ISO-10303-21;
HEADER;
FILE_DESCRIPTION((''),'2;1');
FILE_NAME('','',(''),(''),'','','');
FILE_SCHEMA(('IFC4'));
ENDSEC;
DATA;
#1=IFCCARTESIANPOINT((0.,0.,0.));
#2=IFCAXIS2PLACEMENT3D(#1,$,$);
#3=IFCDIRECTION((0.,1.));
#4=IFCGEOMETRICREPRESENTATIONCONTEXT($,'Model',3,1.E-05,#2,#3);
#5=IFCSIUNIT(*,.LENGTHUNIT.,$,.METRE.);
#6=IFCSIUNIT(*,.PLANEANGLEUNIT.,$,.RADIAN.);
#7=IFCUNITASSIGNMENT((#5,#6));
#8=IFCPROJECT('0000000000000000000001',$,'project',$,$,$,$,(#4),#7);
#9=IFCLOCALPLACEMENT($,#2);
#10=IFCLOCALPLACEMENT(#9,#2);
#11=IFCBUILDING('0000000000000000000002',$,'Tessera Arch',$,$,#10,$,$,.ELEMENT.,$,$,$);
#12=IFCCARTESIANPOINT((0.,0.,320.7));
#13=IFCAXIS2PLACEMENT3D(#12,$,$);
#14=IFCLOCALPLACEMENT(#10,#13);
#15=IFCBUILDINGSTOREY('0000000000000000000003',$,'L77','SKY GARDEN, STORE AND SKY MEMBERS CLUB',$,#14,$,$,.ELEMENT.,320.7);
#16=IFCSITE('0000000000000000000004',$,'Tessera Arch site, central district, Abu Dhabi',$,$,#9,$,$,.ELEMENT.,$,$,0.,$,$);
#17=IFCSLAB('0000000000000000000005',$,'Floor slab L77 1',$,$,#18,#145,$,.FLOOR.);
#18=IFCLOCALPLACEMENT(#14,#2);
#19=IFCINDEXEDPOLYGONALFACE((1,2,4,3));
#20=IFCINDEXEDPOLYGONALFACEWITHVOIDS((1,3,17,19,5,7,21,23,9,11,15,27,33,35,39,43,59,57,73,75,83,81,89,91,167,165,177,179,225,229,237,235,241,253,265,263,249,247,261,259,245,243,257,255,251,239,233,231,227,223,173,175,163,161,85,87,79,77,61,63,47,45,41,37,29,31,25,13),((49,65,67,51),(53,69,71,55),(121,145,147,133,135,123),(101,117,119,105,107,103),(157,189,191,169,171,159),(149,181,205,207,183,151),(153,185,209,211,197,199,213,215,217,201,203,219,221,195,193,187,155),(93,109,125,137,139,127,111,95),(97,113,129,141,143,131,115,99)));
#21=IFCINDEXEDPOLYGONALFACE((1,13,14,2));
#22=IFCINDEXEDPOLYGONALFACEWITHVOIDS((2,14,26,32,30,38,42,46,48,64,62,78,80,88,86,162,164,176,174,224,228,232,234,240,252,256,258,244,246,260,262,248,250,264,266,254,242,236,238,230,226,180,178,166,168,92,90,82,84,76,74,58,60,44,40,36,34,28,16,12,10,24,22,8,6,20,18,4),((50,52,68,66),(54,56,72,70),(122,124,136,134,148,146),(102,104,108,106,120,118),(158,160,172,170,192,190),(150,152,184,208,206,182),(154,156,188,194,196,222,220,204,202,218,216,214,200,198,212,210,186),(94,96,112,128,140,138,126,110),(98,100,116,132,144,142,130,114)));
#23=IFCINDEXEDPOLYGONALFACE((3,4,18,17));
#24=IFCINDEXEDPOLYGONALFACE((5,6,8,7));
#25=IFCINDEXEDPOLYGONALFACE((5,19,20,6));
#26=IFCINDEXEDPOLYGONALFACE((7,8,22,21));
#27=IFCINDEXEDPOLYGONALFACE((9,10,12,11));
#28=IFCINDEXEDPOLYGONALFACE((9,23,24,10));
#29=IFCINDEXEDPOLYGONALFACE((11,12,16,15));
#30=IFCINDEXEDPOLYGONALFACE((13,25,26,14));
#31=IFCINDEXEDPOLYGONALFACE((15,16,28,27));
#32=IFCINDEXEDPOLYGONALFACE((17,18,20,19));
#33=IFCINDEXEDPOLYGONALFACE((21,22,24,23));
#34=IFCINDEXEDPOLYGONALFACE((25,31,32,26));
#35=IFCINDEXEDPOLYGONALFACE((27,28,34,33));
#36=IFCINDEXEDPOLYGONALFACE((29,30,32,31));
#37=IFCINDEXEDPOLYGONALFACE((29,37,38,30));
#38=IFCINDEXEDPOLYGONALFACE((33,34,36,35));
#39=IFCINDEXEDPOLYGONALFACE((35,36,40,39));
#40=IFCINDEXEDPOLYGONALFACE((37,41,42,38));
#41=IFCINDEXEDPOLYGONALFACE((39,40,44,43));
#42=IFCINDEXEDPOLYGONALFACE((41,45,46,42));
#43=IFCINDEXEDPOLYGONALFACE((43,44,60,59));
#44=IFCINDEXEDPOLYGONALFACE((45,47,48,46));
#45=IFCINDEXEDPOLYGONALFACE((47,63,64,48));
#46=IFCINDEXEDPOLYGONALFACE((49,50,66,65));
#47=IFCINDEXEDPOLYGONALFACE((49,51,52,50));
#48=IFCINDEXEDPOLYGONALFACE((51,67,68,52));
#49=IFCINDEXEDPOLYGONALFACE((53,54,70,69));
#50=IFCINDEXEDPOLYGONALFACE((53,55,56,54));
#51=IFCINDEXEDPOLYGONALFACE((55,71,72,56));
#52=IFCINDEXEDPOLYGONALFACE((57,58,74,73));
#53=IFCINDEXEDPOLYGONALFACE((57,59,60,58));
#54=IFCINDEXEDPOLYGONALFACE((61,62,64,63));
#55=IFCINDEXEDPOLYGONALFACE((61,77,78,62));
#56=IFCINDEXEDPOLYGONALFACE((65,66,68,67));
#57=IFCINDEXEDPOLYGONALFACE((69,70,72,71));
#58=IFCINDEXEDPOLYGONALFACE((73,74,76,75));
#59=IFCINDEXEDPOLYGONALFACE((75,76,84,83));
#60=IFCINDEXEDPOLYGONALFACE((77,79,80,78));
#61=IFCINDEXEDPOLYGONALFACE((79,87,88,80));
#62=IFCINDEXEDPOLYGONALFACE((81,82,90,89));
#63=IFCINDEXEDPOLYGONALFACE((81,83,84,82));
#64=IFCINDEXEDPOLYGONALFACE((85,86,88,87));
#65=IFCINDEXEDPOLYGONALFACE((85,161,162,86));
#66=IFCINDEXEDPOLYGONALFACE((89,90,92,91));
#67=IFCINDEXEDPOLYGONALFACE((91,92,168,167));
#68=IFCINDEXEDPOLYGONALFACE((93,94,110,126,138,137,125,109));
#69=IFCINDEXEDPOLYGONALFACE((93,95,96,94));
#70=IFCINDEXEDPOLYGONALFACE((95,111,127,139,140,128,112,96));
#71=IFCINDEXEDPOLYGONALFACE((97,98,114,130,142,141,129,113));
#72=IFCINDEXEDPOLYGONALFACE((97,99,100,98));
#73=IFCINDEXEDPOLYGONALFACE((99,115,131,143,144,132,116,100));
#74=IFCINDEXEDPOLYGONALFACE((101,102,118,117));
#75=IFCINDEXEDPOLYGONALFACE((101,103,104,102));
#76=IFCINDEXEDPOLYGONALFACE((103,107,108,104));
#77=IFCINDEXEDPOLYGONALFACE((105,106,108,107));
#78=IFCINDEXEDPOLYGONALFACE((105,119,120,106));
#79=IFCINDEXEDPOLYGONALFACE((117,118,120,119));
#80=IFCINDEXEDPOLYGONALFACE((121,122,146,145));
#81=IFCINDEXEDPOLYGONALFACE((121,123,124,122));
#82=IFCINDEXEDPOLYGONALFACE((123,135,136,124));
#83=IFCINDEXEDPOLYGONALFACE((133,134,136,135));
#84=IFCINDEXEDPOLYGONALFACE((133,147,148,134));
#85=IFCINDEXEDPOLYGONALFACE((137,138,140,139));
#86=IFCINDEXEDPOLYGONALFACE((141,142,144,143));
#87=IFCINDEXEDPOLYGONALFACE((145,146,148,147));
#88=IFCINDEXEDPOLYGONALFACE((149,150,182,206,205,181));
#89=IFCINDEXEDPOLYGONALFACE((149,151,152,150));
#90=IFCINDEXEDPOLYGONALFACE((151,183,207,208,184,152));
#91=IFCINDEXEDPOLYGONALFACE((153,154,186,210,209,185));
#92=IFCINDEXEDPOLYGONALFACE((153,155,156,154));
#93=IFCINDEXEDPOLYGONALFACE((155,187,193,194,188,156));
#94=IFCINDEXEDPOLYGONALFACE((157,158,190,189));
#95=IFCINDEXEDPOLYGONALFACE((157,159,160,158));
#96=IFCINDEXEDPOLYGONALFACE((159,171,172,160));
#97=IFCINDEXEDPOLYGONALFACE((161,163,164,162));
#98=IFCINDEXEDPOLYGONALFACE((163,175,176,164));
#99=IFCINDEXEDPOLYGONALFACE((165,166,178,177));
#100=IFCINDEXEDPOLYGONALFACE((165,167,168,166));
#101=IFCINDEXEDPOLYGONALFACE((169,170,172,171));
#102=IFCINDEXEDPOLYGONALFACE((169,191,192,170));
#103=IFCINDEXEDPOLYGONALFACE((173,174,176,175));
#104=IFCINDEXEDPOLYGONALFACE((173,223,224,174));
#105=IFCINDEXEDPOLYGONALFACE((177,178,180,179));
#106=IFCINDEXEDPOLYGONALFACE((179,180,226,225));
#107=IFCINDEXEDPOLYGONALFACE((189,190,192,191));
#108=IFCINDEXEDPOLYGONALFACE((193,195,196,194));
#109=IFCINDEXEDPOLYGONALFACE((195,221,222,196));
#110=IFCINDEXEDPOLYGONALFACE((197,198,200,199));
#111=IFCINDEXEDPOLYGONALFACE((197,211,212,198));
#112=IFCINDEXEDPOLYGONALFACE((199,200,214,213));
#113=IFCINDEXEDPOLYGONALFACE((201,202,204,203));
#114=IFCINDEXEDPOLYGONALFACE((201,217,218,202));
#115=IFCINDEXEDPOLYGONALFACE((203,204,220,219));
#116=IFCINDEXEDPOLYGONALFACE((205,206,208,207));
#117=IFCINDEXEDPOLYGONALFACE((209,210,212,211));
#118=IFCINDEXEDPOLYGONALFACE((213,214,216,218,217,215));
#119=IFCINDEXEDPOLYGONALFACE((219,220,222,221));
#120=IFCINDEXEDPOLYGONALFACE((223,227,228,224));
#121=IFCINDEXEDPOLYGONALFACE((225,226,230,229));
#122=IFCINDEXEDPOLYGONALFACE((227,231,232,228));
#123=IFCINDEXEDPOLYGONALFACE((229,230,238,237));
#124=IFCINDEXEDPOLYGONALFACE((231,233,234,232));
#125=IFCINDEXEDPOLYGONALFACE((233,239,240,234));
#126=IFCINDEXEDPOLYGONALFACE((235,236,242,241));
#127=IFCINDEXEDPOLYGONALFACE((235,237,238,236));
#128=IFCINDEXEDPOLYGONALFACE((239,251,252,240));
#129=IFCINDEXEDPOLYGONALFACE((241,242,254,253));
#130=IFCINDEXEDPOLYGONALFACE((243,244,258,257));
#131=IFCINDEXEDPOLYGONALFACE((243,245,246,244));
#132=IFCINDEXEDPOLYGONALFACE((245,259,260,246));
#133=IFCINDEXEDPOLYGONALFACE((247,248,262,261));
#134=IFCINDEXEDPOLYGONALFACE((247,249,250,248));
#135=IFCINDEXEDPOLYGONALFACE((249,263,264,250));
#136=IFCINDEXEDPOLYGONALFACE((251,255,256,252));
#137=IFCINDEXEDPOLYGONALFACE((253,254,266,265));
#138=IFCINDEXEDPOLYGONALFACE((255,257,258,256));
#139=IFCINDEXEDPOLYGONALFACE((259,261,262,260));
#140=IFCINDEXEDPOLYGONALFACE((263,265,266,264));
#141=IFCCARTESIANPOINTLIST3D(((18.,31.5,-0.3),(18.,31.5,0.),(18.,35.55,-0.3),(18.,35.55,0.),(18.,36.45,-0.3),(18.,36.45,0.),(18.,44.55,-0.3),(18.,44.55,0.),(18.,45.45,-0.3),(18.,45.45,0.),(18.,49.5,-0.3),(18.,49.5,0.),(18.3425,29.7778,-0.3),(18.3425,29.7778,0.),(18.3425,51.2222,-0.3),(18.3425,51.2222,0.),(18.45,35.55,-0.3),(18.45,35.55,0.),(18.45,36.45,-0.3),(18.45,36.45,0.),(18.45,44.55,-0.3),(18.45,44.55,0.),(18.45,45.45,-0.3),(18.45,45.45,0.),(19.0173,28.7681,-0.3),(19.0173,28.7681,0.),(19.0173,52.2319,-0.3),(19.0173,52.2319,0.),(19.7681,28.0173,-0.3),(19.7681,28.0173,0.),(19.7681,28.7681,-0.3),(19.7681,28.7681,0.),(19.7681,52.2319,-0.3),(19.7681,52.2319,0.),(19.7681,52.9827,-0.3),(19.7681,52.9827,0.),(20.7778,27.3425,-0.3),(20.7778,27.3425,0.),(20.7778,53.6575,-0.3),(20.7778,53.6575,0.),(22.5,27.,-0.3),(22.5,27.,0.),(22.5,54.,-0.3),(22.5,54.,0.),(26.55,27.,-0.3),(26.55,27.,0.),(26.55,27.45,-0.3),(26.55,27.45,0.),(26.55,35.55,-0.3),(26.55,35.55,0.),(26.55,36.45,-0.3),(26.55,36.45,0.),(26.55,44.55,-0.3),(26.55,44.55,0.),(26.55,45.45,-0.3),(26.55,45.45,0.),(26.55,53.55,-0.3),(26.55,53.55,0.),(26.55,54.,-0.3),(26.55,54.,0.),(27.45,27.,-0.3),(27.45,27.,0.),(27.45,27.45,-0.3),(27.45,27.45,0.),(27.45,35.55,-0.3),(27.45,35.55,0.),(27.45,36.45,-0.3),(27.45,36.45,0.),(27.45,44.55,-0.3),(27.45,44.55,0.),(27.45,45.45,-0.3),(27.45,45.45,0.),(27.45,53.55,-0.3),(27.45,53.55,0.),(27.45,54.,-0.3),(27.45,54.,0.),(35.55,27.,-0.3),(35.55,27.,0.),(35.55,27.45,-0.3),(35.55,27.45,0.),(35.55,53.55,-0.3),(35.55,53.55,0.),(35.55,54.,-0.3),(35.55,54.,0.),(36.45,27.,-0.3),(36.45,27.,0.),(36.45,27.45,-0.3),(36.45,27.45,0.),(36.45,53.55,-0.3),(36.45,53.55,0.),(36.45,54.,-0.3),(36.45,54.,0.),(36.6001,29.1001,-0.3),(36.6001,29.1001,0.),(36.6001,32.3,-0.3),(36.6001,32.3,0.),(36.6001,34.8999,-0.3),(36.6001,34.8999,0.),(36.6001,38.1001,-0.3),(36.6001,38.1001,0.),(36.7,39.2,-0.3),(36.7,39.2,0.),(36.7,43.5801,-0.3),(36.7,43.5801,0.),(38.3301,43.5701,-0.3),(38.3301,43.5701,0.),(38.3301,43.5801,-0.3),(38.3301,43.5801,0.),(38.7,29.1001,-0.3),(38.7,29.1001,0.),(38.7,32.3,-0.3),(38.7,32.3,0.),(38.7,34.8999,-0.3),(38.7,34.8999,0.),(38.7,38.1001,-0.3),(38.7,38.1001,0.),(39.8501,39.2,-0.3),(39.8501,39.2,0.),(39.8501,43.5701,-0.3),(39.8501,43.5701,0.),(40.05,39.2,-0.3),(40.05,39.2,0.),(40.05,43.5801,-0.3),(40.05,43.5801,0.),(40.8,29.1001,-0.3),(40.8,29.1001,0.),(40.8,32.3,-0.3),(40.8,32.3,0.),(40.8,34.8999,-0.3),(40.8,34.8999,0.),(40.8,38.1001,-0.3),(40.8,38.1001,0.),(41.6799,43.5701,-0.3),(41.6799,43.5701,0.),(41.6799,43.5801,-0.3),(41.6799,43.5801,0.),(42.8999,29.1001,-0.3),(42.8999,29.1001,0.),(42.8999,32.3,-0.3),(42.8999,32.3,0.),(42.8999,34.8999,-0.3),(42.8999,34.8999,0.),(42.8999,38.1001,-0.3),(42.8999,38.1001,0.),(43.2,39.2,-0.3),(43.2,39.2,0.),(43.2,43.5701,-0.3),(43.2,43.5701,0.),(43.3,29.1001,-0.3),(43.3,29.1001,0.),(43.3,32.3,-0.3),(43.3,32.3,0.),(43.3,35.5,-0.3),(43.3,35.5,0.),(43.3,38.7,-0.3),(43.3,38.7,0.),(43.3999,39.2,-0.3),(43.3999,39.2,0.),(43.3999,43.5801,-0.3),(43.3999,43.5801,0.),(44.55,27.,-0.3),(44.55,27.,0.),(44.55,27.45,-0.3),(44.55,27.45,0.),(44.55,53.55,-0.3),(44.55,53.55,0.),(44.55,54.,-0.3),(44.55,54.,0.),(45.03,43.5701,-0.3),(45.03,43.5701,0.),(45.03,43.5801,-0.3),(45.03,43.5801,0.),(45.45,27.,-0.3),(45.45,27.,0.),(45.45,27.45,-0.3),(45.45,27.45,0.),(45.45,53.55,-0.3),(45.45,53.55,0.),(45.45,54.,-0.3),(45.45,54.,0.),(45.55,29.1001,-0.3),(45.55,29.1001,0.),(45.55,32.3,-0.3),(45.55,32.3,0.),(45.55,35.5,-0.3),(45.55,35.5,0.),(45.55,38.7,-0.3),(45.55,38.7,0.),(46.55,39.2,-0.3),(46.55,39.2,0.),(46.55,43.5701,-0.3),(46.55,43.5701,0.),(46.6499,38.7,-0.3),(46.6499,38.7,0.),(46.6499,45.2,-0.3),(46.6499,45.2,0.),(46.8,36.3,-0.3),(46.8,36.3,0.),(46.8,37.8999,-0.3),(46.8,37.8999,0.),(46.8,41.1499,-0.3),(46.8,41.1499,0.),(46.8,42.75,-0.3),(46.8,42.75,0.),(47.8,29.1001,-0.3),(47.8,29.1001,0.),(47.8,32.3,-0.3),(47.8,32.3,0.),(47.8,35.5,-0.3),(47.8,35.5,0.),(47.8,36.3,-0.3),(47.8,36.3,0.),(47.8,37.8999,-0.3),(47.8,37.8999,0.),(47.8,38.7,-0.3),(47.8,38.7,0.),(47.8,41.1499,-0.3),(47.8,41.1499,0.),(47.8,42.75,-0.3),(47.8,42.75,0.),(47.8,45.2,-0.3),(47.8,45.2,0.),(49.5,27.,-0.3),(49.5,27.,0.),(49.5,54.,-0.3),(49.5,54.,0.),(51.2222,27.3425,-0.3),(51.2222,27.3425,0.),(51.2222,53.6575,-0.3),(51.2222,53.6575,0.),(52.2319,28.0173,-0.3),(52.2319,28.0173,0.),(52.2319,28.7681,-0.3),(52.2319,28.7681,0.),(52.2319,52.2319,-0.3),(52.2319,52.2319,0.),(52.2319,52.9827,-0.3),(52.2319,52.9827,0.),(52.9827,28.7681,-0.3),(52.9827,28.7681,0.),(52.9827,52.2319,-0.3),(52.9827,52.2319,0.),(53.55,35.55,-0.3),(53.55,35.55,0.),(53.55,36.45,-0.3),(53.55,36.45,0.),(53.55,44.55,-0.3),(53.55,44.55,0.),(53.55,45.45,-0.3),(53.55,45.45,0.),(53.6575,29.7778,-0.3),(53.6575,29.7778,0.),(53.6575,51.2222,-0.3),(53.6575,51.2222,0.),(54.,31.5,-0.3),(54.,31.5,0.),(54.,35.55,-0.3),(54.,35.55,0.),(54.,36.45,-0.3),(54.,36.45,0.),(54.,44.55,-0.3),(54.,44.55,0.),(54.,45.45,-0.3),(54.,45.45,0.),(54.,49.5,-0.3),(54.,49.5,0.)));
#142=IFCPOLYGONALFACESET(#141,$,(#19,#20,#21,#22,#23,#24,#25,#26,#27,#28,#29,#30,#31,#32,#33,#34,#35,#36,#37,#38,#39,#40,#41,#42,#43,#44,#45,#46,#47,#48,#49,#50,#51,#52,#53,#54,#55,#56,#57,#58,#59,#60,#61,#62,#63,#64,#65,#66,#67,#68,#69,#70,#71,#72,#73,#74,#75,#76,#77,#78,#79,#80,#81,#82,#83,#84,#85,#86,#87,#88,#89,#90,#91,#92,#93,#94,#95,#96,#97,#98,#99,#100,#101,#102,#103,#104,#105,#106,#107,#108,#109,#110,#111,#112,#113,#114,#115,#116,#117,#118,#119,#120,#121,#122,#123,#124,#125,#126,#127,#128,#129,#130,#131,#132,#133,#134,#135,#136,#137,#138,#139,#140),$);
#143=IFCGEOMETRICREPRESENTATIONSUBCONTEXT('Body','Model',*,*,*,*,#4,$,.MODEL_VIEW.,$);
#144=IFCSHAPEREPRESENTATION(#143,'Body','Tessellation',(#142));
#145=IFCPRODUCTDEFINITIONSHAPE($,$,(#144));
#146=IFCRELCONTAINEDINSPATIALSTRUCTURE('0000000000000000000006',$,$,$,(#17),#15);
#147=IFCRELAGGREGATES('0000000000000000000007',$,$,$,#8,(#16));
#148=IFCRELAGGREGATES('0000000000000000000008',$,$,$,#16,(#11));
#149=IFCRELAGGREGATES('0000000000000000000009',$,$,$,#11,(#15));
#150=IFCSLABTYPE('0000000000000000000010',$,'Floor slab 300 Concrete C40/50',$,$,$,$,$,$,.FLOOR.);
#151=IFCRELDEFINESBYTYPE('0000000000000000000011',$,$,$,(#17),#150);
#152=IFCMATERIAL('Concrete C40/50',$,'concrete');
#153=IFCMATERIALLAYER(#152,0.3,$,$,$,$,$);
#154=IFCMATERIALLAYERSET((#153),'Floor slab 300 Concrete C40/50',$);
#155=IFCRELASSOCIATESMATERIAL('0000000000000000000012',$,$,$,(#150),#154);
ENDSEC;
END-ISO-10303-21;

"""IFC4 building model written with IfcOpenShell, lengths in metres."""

from ifc_helpers import new_model, si_unit, direction, frame, origin, place, context, subcontext, project, spatial, polyline, outline, extrude, material, layer, layer_set, type_object, element, save


model = new_model("IFC4")

# Units and contexts
model_context = context("Model", 3, precision=1e-05, world=origin(), true_north=direction((0.0, 1.0)))
body_context = subcontext(model_context, "Body", "Model", "MODEL_VIEW")
ifc_project = project(units=[si_unit("LENGTHUNIT", "METRE"), si_unit("PLANEANGLEUNIT", "RADIAN")], contexts=[model_context])

# Site, building, storey
site_placement = place(None, origin())
site = spatial("IfcSite", under=ifc_project, at=site_placement, Name="Tessera Arch site, central district, Abu Dhabi", CompositionType="ELEMENT", RefElevation=0.0)
building_placement = place(site_placement, origin())
building = spatial("IfcBuilding", under=site, at=building_placement, Name="Tessera Arch", CompositionType="ELEMENT")
storey_placement = place(building_placement, frame((0.0, 0.0, 320.7)))
storey = spatial("IfcBuildingStorey", under=building, at=storey_placement, Name="L77", Description="SKY GARDEN, STORE AND SKY MEMBERS CLUB", CompositionType="ELEMENT", Elevation=320.7)

# Slab
ifc_material_1 = material(Name="Concrete C40/50", Category="concrete")
ifc_layer_1 = layer(ifc_material_1, 0.3)
ifc_layer_set_1 = layer_set([ifc_layer_1], Name="Floor slab 300 Concrete C40/50")
slab_type = type_object("IfcSlabType", Name="Floor slab 300 Concrete C40/50", PredefinedType="FLOOR", material=ifc_layer_set_1)
slab_placement = place(storey_placement, frame((0.0, 0.0, -0.3)))
element("IfcSlab", 1, at=slab_placement, inside=storey, type_object=slab_type, Name="Floor slab L77 1", PredefinedType="FLOOR", context=body_context, shape_type="SweptSolid", body=[
    extrude(outline(polyline([(54.0, 31.5), (53.6575, 29.7778), (52.9827, 28.7681), (52.2319, 28.7681), (52.2319, 28.0173), (51.2222, 27.3425), (49.5, 27.0), (45.45, 27.0), (45.45, 27.45), (44.55, 27.45), (44.55, 27.0), (36.45, 27.0), (36.45, 27.45), (35.55, 27.45), (35.55, 27.0), (27.45, 27.0), (27.45, 27.45), (26.55, 27.45), (26.55, 27.0), (22.5, 27.0), (20.7778, 27.3425), (19.7681, 28.0173), (19.7681, 28.7681), (19.0173, 28.7681), (18.3425, 29.7778), (18.0, 31.5), (18.0, 35.55), (18.45, 35.55), (18.45, 36.45), (18.0, 36.45), (18.0, 44.55), (18.45, 44.55), (18.45, 45.45), (18.0, 45.45), (18.0, 49.5), (18.3425, 51.2222), (19.0173, 52.2319), (19.7681, 52.2319), (19.7681, 52.9827), (20.7778, 53.6575), (22.5, 54.0), (26.55, 54.0), (26.55, 53.55), (27.45, 53.55), (27.45, 54.0), (35.55, 54.0), (35.55, 53.55), (36.45, 53.55), (36.45, 54.0), (44.55, 54.0), (44.55, 53.55), (45.45, 53.55), (45.45, 54.0), (49.5, 54.0), (51.2222, 53.6575), (52.2319, 52.9827), (52.2319, 52.2319), (52.9827, 52.2319), (53.6575, 51.2222), (54.0, 49.5), (54.0, 45.45), (53.55, 45.45), (53.55, 44.55), (54.0, 44.55), (54.0, 36.45), (53.55, 36.45), (53.55, 35.55), (54.0, 35.55), (54.0, 31.5)]), holes=[polyline([(40.8, 29.1001), (42.8999, 29.1001), (42.8999, 32.3), (40.8, 32.3), (38.7, 32.3), (36.6001, 32.3), (36.6001, 29.1001), (38.7, 29.1001), (40.8, 29.1001)]), polyline([(27.45, 35.55), (27.45, 36.45), (26.55, 36.45), (26.55, 35.55), (27.45, 35.55)]), polyline([(40.8, 34.8999), (42.8999, 34.8999), (42.8999, 38.1001), (40.8, 38.1001), (38.7, 38.1001), (36.6001, 38.1001), (36.6001, 34.8999), (38.7, 34.8999), (40.8, 34.8999)]), polyline([(38.3301, 43.5701), (38.3301, 43.5801), (36.7, 43.5801), (36.7, 39.2), (39.8501, 39.2), (39.8501, 43.5701), (38.3301, 43.5701)]), polyline([(27.45, 44.55), (27.45, 45.45), (26.55, 45.45), (26.55, 44.55), (27.45, 44.55)]), polyline([(47.8, 32.3), (45.55, 32.3), (43.3, 32.3), (43.3, 29.1001), (45.55, 29.1001), (47.8, 29.1001), (47.8, 32.3)]), polyline([(46.6499, 38.7), (45.55, 38.7), (43.3, 38.7), (43.3, 35.5), (45.55, 35.5), (47.8, 35.5), (47.8, 36.3), (46.8, 36.3), (46.8, 37.8999), (47.8, 37.8999), (47.8, 38.7), (47.8, 41.1499), (46.8, 41.1499), (46.8, 42.75), (47.8, 42.75), (47.8, 45.2), (46.6499, 45.2), (46.6499, 38.7)]), polyline([(41.6799, 43.5701), (41.6799, 43.5801), (40.05, 43.5801), (40.05, 39.2), (43.2, 39.2), (43.2, 43.5701), (41.6799, 43.5701)]), polyline([(45.03, 43.5701), (45.03, 43.5801), (43.3999, 43.5801), (43.3999, 39.2), (46.55, 39.2), (46.55, 43.5701), (45.03, 43.5701)])]), origin(), (0.0, 0.0, 1.0), 0.3),
])

save(model, "model.ifc")
